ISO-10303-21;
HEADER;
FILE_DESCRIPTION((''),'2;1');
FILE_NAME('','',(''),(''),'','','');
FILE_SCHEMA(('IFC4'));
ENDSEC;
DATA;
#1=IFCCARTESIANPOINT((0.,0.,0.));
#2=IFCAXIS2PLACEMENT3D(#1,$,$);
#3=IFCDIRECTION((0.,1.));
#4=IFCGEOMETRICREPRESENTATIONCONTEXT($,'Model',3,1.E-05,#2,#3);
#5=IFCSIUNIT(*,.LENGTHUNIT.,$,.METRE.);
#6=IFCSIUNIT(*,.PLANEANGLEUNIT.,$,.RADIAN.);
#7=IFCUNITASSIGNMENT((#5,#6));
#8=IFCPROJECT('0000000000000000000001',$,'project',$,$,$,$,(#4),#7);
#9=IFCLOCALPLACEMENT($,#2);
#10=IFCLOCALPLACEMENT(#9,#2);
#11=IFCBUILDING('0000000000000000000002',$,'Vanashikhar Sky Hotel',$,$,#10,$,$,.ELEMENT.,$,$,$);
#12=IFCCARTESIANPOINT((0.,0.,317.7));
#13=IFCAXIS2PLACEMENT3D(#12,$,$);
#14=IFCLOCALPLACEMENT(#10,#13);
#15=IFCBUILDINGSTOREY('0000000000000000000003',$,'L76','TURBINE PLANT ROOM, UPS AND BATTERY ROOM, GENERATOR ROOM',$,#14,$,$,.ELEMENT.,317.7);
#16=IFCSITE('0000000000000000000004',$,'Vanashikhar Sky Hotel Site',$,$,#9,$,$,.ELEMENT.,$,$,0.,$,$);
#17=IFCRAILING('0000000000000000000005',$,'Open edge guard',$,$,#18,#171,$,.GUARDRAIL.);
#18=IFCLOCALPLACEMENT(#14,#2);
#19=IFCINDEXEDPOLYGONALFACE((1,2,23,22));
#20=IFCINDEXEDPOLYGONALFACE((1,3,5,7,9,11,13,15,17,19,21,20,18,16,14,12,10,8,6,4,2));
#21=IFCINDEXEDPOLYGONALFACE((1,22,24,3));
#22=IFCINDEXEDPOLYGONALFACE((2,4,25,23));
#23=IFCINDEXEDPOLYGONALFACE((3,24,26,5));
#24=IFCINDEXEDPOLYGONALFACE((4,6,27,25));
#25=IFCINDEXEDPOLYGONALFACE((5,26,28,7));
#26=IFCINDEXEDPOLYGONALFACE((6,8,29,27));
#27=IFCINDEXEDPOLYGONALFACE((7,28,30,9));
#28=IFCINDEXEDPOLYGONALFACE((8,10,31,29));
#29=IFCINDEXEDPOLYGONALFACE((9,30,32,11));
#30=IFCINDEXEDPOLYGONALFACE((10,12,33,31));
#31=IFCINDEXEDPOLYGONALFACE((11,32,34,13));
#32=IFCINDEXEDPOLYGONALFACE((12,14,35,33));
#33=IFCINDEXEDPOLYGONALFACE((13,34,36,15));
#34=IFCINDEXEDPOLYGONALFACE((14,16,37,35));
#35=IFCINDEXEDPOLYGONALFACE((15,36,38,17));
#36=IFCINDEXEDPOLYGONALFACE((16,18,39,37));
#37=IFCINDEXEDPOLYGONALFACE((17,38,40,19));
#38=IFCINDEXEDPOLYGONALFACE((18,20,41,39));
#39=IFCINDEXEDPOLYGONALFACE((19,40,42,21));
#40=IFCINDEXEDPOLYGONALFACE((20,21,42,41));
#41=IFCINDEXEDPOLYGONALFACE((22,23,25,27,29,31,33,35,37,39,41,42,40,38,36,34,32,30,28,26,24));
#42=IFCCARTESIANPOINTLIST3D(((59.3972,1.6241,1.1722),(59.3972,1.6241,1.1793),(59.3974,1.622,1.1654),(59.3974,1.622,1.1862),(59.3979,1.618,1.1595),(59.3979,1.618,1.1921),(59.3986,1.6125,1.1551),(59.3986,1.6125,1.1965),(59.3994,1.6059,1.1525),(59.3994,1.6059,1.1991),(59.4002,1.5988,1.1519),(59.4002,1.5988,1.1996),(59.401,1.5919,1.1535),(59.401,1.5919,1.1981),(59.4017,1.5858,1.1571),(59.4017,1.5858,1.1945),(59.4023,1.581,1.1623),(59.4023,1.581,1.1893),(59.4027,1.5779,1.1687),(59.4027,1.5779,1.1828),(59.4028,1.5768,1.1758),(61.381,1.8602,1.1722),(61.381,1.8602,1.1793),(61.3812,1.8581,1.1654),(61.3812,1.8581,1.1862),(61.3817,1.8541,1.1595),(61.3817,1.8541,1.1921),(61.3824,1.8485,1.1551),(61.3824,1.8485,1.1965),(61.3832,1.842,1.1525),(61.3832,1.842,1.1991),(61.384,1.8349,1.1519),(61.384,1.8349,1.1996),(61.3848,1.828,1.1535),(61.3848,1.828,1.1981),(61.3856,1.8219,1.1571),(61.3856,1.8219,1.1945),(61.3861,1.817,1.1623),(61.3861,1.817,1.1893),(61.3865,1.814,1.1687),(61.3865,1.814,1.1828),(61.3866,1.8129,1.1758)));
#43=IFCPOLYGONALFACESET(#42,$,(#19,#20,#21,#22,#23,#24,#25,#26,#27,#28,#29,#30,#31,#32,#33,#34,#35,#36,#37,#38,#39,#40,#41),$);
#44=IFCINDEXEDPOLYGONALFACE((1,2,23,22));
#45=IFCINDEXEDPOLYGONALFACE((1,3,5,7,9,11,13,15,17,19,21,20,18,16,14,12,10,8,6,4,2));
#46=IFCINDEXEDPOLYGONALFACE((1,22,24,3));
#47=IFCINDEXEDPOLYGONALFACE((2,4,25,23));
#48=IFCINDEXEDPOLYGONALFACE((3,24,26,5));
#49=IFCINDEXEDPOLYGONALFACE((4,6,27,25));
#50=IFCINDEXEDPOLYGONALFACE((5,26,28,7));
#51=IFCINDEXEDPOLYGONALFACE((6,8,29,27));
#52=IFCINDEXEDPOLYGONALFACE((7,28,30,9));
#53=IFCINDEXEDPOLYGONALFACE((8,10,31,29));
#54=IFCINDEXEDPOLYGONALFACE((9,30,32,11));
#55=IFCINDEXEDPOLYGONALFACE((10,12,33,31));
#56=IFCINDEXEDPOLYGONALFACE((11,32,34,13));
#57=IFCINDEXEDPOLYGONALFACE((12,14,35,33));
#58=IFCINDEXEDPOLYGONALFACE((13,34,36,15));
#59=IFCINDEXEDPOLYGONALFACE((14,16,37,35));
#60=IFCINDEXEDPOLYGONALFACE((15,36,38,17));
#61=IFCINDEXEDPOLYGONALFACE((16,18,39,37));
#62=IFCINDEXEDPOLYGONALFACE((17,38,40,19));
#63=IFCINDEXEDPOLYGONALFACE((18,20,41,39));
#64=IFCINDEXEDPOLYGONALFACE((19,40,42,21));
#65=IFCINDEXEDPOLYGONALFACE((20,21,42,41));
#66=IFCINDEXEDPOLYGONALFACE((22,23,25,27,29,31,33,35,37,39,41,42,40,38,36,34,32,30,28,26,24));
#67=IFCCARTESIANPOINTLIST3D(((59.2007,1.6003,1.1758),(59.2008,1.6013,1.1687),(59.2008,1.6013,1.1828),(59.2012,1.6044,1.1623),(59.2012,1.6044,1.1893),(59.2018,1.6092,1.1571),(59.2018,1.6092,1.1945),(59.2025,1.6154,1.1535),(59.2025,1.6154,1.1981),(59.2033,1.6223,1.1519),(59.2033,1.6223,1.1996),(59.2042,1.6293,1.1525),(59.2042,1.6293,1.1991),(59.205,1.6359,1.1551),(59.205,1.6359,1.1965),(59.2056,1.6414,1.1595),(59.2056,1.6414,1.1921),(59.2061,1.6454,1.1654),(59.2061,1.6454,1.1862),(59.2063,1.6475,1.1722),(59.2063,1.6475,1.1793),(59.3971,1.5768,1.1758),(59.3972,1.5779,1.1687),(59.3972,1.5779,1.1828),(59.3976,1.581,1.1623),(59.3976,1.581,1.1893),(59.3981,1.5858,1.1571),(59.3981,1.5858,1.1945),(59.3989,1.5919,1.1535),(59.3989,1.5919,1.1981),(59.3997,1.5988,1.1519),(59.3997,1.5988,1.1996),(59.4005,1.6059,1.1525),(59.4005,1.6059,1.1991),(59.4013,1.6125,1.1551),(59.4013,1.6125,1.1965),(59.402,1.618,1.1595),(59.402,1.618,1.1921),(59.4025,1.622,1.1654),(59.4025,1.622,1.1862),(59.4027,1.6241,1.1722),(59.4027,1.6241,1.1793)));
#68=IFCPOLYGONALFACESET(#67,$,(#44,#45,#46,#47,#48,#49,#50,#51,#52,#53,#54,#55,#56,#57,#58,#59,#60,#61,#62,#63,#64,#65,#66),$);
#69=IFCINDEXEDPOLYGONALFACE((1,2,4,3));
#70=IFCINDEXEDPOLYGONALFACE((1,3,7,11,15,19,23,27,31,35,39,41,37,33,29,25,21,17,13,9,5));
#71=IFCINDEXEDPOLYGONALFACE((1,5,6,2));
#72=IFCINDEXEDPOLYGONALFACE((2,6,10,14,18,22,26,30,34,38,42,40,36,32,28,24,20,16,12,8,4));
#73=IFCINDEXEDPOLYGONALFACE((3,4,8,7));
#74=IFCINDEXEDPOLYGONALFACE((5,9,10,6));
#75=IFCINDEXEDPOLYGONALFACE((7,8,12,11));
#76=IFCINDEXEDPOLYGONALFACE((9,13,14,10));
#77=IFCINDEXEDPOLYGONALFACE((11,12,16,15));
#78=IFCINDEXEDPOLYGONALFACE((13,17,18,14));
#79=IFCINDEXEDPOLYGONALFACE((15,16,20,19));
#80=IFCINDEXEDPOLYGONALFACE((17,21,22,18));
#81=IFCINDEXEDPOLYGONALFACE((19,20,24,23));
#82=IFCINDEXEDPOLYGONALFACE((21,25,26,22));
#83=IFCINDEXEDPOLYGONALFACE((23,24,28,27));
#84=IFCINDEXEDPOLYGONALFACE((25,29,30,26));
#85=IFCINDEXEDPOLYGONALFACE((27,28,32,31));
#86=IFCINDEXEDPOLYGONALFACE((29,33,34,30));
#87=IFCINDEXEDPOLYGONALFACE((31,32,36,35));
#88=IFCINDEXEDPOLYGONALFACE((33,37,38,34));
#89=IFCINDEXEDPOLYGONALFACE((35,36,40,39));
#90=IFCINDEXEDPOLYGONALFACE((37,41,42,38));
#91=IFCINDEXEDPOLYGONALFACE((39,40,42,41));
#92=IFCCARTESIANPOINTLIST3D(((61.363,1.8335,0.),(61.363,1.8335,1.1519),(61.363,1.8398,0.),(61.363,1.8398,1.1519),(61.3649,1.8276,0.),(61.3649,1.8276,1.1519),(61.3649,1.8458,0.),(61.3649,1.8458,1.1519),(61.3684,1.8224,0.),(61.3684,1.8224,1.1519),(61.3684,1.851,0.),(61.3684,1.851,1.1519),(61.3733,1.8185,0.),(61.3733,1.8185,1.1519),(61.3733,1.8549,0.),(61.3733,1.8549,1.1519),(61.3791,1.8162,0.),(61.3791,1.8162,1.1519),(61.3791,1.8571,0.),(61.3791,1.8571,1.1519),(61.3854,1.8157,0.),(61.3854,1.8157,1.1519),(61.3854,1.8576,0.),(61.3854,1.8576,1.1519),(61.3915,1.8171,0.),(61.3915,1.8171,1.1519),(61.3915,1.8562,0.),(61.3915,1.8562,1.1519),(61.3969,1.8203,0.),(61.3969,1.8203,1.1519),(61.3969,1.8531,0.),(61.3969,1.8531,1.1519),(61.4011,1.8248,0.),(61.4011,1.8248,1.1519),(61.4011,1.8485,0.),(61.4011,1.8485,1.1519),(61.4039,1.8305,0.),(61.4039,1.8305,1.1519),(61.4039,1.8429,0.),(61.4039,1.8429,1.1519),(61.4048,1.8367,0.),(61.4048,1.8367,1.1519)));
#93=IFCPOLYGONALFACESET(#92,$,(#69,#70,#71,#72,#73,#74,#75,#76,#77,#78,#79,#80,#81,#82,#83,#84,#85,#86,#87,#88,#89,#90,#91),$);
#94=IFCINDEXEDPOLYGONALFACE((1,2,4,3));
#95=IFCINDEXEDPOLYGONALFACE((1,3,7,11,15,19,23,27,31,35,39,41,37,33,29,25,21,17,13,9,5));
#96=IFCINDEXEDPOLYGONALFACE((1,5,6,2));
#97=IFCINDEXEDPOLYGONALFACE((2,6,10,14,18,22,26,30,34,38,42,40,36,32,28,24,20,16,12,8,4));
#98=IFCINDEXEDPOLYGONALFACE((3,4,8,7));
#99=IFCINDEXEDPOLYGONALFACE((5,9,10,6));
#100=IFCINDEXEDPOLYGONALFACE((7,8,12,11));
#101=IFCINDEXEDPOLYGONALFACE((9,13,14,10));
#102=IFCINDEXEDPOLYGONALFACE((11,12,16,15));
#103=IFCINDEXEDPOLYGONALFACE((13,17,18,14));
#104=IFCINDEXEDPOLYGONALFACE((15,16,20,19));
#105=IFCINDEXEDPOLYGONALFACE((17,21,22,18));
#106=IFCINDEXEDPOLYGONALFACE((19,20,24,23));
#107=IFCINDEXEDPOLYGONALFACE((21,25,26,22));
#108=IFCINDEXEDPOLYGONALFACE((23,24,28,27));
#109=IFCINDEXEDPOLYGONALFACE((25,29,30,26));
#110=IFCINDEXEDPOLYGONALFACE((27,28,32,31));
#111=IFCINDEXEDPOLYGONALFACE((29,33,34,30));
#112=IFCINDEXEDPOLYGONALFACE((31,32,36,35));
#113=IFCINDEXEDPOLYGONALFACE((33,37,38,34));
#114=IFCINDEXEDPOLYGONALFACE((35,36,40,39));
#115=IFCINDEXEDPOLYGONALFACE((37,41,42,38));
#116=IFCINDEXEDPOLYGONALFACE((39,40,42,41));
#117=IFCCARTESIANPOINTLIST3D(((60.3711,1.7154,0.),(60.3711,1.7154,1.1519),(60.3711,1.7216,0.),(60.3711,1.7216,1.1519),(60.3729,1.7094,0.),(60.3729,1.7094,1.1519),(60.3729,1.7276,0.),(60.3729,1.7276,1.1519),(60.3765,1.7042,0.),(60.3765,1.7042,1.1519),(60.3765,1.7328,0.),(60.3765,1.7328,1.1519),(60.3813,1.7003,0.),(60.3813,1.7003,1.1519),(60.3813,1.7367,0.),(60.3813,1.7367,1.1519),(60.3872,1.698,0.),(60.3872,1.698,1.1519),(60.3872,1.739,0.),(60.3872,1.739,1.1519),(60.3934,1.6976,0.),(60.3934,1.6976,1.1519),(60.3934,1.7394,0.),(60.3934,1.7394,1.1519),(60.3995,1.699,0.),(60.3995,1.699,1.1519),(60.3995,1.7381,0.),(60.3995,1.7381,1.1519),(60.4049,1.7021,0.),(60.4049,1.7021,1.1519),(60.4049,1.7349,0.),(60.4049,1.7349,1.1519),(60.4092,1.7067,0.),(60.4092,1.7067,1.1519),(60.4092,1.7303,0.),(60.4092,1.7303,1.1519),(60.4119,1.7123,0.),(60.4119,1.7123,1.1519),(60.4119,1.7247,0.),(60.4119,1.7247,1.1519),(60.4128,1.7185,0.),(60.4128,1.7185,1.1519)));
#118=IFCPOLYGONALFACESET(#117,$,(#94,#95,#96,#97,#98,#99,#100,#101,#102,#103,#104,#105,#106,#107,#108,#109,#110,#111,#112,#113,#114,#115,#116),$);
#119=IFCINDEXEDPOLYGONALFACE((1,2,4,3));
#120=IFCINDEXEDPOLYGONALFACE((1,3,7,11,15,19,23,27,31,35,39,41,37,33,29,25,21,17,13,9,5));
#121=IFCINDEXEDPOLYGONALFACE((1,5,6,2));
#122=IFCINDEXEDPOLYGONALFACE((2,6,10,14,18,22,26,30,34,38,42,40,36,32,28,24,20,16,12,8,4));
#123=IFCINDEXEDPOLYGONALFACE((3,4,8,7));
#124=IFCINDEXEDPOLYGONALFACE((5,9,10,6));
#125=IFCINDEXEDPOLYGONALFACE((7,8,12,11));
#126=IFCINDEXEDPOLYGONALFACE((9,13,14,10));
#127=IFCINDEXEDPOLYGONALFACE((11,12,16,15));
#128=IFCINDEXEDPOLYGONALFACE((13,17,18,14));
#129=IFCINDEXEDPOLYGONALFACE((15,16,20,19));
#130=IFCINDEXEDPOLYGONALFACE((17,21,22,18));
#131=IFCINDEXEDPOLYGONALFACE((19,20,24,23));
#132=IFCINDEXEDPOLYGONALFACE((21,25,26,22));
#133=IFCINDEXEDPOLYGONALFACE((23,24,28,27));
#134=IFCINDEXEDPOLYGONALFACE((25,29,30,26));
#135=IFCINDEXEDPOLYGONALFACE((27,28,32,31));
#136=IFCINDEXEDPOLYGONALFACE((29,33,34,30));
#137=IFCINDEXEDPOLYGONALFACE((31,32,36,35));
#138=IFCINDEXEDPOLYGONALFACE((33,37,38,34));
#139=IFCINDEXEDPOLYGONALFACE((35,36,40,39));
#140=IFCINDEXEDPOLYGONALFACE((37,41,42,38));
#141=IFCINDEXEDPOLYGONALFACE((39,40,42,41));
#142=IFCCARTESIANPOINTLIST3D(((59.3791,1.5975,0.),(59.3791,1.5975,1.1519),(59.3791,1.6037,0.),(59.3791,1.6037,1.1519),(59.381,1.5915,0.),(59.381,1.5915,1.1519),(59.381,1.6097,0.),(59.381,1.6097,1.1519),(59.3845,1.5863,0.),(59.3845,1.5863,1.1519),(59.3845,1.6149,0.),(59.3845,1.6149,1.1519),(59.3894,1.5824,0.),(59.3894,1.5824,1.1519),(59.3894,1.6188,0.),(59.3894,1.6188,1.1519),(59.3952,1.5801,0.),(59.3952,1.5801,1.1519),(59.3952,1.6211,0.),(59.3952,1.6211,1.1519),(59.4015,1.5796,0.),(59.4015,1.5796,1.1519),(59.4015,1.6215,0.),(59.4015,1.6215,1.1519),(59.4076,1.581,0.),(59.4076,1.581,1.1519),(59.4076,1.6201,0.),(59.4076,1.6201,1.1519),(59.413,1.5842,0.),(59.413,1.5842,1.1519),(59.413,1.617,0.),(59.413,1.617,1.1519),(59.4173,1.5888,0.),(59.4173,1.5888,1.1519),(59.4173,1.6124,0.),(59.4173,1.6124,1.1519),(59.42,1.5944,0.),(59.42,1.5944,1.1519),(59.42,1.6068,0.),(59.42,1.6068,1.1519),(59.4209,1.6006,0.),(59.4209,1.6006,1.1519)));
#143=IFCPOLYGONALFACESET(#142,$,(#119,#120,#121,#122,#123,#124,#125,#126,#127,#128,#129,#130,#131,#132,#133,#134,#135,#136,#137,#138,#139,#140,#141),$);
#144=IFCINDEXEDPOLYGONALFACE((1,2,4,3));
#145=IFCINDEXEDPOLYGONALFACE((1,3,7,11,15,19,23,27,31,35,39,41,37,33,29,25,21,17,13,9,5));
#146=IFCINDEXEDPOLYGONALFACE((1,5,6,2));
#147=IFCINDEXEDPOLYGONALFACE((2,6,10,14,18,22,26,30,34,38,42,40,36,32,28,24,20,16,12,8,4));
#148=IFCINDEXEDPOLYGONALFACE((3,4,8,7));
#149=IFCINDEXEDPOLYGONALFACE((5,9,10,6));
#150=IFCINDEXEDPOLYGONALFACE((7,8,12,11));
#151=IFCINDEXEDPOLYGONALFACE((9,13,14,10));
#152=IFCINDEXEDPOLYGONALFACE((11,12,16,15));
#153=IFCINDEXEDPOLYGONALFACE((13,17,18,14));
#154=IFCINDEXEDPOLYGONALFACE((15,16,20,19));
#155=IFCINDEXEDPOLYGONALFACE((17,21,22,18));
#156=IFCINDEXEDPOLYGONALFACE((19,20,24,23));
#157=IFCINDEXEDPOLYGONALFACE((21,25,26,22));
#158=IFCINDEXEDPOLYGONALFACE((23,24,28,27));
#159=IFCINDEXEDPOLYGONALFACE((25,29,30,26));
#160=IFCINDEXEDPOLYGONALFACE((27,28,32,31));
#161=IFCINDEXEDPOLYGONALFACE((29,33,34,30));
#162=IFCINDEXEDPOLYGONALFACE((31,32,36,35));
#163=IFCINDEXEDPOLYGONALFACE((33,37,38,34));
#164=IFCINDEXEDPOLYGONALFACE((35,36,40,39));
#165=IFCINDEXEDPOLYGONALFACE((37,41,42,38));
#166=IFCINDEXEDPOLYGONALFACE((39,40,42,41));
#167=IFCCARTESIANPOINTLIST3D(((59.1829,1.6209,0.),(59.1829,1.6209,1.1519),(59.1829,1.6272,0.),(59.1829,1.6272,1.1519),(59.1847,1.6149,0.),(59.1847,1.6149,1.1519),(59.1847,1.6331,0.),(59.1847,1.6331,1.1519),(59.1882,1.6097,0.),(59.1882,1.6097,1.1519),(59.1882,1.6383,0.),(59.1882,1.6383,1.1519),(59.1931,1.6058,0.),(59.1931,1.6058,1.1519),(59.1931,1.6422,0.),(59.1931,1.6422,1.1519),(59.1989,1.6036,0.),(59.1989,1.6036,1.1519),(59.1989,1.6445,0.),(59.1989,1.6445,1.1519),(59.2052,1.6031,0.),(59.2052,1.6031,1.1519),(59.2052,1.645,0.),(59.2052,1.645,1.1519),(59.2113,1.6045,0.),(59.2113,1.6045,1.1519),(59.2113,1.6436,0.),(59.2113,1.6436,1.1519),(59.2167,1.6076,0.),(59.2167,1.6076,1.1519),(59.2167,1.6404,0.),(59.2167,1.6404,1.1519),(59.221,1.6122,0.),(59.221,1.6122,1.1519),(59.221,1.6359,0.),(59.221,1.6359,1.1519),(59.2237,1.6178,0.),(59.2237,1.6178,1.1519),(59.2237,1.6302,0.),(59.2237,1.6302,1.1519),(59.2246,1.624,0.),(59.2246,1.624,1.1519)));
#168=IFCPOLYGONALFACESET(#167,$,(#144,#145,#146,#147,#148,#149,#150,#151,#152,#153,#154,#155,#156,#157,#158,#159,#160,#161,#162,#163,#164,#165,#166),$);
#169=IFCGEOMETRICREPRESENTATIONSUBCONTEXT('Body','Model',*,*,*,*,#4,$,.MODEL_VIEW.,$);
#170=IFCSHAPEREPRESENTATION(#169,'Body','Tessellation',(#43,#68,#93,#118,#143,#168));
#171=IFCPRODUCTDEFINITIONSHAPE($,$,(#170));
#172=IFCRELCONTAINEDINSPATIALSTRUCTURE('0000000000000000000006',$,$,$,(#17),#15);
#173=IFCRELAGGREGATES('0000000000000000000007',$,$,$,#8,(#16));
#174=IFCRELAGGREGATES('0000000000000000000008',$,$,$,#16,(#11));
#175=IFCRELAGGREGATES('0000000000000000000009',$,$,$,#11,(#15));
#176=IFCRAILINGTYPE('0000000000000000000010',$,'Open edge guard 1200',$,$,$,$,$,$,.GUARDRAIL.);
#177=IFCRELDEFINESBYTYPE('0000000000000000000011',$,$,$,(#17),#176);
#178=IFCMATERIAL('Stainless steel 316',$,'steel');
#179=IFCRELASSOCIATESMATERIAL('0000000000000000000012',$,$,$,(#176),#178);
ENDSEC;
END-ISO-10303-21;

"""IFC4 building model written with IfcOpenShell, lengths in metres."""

from ifc_helpers import new_model, si_unit, direction, frame, origin, origin_2d, place, context, subcontext, project, spatial, circle, extrude, source, transform, mapped, material, type_object, element, save


model = new_model("IFC4")

# Units and contexts
model_context = context("Model", 3, precision=1e-05, world=origin(), true_north=direction((0.0, 1.0)))
body_context = subcontext(model_context, "Body", "Model", "MODEL_VIEW")
ifc_project = project(units=[si_unit("LENGTHUNIT", "METRE"), si_unit("PLANEANGLEUNIT", "RADIAN")], contexts=[model_context])

# Site, building, storey
site_placement = place(None, origin())
site = spatial("IfcSite", under=ifc_project, at=site_placement, Name="Vanashikhar Sky Hotel Site", CompositionType="ELEMENT", RefElevation=0.0)
building_placement = place(site_placement, origin())
building = spatial("IfcBuilding", under=site, at=building_placement, Name="Vanashikhar Sky Hotel", CompositionType="ELEMENT")
storey_placement = place(building_placement, frame((0.0, 0.0, 317.7)))
storey = spatial("IfcBuildingStorey", under=building, at=storey_placement, Name="L76", Description="TURBINE PLANT ROOM, UPS AND BATTERY ROOM, GENERATOR ROOM", CompositionType="ELEMENT", Elevation=317.7)

# Railing
ifc_material_1 = material(Name="Stainless steel 316", Category="steel")
railing_type = type_object("IfcRailingType", Name="Open edge guard 1200", PredefinedType="GUARDRAIL", material=ifc_material_1)
shared_shape_1 = source(origin(), body_context, "Body", "SweptSolid", [
    extrude(circle(Radius=0.0239, at=origin_2d()), frame((0.0, 0.0, 1.1758), z_axis=(-0.992994, -0.118167, 0.0), x_axis=(0.118167, -0.992994, 0.0)), (0.0, 0.0, 1.0), 1.9978),
    extrude(circle(Radius=0.0239, at=origin_2d()), frame((-1.9839, -0.2361, 1.1758), z_axis=(-0.992947, 0.118561, 0.0), x_axis=(-0.118561, -0.992947, 0.0)), (0.0, 0.0, 1.0), 0.1978),
    extrude(circle(Radius=0.021, at=origin_2d()), origin(), (0.0, 0.0, 1.0), 1.1519),
    extrude(circle(Radius=0.021, at=origin_2d()), frame((-0.9919, -0.1182, 0.0)), (0.0, 0.0, 1.0), 1.1519),
    extrude(circle(Radius=0.021, at=origin_2d()), frame((-1.9839, -0.2361, 0.0)), (0.0, 0.0, 1.0), 1.1519),
    extrude(circle(Radius=0.021, at=origin_2d()), frame((-2.1802, -0.2126, 0.0)), (0.0, 0.0, 1.0), 1.1519),
])
railing_1_placement = place(storey_placement, frame((61.3838, 1.8367, 0.0)))
element("IfcRailing", 1, at=railing_1_placement, inside=storey, type_object=railing_type, Name="Open edge guard", PredefinedType="GUARDRAIL", context=body_context, shape_type="MappedRepresentation", body=[
    mapped(shared_shape_1, transform((0.0, 0.0, 0.0), scale=1.0)),
])

save(model, "model.ifc")
